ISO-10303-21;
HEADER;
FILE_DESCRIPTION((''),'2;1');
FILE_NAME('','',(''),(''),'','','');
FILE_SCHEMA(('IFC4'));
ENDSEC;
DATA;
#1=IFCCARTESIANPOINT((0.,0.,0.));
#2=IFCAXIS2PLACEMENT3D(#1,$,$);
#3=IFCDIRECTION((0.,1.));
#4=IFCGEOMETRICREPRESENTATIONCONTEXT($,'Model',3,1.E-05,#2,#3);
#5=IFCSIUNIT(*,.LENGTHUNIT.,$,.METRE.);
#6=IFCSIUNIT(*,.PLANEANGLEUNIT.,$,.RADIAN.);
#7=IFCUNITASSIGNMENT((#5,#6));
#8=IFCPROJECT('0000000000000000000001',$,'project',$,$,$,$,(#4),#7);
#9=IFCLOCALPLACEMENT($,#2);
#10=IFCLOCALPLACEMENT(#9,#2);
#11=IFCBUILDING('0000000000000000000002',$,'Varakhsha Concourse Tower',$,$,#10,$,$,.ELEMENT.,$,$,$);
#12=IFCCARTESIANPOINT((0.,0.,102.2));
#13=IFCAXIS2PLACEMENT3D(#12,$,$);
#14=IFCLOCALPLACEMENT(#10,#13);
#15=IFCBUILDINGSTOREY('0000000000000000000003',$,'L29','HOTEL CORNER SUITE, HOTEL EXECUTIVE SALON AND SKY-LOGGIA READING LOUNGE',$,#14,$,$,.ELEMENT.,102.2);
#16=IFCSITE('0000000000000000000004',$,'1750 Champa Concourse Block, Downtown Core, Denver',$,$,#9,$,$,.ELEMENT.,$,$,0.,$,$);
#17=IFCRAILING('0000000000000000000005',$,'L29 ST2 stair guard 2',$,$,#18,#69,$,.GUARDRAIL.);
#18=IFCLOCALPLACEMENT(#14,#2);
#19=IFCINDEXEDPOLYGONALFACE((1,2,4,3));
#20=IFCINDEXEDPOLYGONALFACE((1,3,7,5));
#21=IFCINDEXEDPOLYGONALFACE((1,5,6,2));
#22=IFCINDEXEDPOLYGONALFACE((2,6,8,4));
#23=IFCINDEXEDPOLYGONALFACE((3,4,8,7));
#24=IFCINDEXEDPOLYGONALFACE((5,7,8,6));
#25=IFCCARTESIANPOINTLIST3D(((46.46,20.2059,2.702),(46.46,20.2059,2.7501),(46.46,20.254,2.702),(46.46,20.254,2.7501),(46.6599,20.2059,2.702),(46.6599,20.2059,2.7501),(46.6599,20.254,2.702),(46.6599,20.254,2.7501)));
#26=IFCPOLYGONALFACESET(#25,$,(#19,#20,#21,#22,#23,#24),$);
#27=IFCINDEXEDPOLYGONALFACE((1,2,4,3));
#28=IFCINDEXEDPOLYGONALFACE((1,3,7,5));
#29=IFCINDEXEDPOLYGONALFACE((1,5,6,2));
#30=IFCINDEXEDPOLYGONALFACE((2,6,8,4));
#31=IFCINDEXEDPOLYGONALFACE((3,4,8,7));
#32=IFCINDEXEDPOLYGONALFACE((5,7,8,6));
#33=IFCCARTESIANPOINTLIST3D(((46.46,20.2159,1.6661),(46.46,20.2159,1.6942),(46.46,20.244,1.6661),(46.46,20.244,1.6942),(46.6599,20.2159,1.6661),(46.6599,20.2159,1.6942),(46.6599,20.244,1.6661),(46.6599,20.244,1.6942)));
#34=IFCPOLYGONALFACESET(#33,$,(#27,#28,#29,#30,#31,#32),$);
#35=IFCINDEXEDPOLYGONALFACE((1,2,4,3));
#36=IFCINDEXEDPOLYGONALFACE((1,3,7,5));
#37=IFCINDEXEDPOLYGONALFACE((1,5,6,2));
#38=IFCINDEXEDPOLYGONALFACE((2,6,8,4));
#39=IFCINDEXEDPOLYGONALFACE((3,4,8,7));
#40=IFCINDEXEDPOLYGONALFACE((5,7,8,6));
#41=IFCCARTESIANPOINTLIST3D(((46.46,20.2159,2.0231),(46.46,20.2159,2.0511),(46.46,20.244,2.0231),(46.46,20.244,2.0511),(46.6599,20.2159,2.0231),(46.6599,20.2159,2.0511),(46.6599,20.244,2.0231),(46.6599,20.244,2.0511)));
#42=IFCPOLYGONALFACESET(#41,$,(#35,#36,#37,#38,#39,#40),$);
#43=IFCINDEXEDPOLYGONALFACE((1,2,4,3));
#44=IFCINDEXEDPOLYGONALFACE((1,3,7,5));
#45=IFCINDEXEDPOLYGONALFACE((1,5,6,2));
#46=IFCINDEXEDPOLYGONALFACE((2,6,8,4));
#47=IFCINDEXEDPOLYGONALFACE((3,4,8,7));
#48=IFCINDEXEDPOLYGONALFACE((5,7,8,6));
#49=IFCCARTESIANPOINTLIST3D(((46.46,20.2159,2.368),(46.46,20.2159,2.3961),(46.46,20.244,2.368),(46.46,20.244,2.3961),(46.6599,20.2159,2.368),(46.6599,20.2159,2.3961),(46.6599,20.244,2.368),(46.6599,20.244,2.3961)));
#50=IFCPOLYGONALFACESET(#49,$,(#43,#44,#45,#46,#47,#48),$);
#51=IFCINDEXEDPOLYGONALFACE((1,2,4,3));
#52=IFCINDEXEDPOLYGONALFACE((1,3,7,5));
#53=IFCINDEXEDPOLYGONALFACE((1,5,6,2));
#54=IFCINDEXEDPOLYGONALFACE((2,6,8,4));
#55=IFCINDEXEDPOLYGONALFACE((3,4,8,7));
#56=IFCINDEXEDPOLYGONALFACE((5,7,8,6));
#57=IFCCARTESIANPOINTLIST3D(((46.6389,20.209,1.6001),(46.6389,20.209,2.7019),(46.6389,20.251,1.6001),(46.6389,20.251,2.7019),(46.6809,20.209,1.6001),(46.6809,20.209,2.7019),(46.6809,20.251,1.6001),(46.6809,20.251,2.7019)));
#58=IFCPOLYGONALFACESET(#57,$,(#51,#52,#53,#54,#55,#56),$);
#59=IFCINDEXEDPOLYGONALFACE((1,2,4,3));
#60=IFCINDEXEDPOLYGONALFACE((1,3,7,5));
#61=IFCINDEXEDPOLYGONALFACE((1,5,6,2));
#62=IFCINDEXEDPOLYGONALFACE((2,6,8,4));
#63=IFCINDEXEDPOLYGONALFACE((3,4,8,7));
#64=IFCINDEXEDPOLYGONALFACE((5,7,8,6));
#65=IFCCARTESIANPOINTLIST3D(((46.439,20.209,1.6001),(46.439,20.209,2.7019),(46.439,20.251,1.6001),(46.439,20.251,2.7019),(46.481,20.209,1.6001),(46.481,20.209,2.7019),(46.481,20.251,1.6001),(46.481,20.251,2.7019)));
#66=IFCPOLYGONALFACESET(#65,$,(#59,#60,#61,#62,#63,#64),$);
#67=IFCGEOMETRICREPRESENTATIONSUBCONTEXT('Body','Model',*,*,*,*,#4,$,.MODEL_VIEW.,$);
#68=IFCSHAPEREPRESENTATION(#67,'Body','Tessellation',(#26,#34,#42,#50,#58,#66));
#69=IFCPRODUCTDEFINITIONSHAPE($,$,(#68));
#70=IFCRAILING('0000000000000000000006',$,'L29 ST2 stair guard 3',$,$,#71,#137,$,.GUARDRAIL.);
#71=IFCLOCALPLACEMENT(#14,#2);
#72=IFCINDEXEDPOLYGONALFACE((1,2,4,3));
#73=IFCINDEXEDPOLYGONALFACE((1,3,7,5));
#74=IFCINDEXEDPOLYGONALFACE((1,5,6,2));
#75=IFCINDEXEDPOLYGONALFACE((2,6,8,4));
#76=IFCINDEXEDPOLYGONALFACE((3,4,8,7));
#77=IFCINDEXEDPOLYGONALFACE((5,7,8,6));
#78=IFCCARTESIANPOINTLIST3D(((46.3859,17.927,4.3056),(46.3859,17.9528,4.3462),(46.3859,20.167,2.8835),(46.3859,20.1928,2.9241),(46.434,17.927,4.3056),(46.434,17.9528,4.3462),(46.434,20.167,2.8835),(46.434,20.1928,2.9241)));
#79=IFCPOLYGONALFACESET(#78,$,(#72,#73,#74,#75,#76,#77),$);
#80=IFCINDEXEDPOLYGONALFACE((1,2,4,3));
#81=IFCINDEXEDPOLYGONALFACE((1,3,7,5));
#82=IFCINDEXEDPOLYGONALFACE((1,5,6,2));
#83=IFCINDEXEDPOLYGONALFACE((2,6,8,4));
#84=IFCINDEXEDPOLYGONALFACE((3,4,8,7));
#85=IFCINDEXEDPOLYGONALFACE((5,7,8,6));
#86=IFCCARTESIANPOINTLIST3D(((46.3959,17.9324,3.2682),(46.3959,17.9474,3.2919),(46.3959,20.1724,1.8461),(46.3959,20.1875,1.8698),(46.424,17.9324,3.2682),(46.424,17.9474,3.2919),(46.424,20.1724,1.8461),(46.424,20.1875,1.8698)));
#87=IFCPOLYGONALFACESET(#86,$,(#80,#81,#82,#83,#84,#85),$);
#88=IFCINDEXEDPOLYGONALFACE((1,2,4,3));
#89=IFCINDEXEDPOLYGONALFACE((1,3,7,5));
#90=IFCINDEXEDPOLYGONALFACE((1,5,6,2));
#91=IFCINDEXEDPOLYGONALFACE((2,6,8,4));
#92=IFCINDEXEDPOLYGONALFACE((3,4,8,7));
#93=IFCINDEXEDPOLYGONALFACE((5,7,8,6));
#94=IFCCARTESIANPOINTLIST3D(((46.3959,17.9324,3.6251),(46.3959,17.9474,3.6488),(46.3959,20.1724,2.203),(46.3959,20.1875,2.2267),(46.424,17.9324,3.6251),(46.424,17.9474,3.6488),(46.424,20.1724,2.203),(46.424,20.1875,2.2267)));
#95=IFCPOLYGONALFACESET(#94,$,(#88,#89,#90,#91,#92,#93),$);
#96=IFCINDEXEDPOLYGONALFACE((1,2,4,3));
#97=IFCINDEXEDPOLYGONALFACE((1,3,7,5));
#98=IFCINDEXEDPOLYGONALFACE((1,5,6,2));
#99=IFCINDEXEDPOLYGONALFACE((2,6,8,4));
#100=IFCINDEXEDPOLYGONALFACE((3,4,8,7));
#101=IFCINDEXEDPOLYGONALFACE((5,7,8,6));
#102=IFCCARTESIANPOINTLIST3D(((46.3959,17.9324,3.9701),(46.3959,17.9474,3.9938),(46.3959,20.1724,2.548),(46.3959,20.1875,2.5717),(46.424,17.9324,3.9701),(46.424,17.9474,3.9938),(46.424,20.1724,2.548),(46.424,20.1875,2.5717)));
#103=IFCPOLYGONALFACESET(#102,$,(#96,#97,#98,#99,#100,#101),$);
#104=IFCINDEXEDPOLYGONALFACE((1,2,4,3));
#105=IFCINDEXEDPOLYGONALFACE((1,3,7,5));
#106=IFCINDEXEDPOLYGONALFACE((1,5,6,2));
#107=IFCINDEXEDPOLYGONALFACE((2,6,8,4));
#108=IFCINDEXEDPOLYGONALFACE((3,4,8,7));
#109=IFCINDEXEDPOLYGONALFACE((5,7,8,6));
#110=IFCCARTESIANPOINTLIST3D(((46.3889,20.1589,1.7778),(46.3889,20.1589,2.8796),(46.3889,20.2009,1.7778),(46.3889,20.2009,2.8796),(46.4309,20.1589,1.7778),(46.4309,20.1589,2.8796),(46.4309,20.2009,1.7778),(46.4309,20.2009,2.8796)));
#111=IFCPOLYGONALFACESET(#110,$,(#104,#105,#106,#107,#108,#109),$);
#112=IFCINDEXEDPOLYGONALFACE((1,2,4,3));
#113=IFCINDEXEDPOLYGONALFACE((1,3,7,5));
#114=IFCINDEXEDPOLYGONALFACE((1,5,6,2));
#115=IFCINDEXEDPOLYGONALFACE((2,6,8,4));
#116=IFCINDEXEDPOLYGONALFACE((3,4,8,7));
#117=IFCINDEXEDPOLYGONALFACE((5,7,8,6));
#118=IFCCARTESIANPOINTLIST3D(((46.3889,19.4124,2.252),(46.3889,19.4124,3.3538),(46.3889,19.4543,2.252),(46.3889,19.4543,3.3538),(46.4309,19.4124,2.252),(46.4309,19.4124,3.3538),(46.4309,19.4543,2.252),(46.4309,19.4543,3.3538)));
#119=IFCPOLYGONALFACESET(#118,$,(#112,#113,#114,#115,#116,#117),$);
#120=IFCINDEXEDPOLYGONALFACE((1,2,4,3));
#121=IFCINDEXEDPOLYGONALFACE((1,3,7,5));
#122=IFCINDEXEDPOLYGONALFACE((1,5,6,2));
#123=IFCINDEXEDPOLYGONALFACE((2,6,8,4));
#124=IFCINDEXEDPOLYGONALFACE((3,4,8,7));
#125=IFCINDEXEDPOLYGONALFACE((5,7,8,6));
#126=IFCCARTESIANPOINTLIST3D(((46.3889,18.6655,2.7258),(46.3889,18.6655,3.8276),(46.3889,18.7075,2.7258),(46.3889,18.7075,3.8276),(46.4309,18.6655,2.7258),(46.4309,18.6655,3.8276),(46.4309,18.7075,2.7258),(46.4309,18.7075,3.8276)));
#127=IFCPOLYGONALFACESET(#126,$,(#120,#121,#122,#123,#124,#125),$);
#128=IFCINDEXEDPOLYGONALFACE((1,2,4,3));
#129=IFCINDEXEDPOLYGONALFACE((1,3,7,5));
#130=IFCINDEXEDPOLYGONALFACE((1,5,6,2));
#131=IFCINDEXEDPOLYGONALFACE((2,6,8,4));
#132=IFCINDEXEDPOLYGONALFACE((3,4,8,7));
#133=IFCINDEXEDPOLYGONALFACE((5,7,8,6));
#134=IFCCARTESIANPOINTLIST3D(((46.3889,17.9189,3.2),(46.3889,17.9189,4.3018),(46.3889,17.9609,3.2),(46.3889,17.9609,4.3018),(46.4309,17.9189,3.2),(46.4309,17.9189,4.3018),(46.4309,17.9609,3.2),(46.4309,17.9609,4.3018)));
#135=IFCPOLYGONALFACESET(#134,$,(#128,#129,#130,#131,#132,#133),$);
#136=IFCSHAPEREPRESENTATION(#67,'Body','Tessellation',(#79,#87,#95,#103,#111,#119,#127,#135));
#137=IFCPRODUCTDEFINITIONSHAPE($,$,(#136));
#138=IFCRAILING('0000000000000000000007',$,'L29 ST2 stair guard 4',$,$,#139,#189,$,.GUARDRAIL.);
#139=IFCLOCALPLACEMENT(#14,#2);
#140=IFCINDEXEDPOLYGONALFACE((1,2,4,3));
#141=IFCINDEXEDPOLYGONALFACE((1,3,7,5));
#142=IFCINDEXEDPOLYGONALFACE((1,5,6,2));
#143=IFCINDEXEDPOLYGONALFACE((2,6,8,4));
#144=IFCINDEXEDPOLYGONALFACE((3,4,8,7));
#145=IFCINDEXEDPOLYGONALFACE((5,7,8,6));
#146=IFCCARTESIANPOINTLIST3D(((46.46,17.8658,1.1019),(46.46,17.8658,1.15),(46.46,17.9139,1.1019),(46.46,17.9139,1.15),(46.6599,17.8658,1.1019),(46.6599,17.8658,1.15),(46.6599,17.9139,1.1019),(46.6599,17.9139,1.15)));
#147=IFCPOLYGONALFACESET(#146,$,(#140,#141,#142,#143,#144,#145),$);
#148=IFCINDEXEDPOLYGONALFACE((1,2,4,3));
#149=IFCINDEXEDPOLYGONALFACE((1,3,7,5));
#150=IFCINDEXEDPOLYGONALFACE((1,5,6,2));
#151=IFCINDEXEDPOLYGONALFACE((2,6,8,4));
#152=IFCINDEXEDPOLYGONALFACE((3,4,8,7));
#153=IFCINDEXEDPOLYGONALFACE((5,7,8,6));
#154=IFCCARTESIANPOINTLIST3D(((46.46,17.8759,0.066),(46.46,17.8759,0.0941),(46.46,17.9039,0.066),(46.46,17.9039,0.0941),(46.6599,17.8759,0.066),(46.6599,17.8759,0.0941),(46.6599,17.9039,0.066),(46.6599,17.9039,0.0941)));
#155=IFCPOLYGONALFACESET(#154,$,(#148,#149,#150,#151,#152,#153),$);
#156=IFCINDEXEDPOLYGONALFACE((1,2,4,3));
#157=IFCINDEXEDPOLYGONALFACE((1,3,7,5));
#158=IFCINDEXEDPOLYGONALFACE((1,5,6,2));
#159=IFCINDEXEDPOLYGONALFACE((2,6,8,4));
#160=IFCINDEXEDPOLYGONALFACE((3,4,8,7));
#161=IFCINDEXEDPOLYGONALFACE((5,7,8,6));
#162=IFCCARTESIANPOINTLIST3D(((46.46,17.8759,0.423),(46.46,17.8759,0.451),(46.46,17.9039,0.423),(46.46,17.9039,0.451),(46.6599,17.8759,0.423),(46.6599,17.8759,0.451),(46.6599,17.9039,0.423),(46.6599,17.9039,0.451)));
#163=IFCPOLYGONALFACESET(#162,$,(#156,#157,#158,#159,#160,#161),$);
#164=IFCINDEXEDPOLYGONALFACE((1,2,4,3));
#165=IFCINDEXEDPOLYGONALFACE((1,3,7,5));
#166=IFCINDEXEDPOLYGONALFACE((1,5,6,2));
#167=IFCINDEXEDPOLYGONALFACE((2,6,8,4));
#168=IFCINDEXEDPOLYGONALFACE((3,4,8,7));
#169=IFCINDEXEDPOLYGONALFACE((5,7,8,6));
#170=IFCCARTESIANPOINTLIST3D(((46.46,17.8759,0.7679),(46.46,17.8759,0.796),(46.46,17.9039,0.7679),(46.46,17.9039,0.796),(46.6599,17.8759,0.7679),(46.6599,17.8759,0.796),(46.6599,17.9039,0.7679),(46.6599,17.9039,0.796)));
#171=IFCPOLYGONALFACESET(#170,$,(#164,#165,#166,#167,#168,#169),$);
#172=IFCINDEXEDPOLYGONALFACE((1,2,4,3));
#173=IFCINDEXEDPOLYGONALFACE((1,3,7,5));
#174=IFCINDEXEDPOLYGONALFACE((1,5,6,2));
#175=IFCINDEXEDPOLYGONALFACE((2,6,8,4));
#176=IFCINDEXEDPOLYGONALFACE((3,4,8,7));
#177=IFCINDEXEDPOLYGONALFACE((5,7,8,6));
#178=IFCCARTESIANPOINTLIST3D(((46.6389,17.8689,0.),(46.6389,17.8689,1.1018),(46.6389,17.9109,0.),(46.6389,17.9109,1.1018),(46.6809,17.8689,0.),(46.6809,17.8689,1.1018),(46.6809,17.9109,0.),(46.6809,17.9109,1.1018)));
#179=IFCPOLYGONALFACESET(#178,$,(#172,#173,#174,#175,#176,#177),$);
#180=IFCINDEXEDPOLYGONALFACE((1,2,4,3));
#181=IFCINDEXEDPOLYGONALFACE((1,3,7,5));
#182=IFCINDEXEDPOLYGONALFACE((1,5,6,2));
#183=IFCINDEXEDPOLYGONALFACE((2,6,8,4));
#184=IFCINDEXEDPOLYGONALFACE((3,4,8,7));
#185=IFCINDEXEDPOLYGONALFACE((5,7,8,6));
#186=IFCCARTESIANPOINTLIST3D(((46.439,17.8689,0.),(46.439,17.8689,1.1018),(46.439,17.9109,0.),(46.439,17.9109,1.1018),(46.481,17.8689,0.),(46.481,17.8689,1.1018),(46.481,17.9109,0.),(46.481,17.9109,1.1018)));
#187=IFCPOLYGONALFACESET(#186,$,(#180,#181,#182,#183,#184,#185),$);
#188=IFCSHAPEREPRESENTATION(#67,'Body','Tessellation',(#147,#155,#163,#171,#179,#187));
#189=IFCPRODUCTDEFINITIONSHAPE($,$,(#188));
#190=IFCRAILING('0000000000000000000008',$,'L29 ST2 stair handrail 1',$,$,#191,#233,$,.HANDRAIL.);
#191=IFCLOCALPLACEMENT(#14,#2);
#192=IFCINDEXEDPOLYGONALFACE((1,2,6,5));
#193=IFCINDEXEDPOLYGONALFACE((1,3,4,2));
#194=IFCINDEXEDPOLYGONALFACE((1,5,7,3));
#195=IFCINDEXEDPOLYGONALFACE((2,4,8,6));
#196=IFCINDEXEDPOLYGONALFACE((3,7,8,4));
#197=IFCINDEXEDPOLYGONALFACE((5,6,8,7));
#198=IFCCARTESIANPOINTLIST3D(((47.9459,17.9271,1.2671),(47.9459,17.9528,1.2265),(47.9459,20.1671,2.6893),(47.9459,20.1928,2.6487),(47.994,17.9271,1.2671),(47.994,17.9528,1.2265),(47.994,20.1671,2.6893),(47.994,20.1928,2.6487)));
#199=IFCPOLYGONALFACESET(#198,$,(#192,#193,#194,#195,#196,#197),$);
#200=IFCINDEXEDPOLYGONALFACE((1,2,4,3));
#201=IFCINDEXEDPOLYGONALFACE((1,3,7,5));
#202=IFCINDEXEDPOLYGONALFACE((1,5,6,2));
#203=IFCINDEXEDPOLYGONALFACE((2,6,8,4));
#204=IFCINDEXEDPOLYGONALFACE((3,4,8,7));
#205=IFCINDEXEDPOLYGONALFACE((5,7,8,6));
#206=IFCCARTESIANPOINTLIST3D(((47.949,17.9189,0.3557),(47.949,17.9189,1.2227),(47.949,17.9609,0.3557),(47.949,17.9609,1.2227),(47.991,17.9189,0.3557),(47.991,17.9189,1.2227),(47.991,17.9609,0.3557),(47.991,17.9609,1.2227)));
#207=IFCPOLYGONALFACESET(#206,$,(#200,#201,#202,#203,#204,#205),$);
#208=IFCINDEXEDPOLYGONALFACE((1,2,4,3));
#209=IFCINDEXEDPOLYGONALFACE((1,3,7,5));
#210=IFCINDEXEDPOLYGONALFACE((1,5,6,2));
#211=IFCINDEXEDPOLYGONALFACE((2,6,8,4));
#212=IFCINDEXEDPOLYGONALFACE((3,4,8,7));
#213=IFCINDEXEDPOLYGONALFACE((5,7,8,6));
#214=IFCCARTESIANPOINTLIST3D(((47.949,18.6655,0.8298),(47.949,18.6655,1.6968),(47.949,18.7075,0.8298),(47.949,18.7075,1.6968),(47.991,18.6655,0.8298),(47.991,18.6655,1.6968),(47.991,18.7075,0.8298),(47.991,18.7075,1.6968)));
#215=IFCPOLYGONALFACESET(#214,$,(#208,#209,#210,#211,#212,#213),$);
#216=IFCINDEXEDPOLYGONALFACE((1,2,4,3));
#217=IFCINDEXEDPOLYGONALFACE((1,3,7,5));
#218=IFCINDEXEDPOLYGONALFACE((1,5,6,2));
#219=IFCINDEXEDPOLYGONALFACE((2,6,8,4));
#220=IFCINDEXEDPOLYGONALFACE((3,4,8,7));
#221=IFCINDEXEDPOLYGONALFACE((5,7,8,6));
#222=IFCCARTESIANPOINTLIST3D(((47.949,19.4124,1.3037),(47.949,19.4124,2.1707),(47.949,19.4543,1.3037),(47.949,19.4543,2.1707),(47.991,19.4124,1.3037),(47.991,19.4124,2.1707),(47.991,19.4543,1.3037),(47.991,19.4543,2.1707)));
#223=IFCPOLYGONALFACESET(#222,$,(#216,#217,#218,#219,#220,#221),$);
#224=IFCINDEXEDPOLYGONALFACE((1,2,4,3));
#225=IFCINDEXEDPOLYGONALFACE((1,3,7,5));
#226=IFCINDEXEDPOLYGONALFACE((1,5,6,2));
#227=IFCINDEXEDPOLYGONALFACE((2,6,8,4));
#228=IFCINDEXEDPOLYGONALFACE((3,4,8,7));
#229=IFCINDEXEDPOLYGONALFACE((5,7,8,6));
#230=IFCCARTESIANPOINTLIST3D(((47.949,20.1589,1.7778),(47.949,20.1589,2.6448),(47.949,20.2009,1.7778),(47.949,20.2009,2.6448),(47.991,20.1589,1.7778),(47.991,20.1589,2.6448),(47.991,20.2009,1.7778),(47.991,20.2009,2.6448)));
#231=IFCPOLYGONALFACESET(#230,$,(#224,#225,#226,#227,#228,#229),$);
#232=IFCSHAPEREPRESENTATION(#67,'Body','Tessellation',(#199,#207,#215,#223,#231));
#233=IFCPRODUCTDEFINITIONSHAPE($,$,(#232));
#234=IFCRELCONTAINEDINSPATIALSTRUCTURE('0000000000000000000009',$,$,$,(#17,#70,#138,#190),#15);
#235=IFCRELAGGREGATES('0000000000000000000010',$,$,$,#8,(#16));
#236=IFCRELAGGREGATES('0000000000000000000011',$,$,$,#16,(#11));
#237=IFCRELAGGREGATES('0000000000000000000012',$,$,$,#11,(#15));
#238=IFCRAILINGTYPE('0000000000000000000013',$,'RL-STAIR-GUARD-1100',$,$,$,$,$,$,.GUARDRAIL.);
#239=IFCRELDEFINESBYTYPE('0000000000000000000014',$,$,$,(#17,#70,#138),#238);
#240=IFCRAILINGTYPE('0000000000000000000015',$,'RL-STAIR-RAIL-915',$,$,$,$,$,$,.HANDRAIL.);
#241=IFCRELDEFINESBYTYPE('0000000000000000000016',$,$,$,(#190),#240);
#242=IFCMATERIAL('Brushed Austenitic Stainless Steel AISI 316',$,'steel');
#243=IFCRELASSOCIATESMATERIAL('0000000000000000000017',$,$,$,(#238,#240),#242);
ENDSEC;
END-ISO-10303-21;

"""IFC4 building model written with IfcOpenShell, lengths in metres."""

from ifc_helpers import new_model, si_unit, direction, frame, origin, origin_2d, place, context, subcontext, project, spatial, rectangle, extrude, material, type_object, element, save


model = new_model("IFC4")

# Units and contexts
model_context = context("Model", 3, precision=1e-05, world=origin(), true_north=direction((0.0, 1.0)))
body_context = subcontext(model_context, "Body", "Model", "MODEL_VIEW")
ifc_project = project(units=[si_unit("LENGTHUNIT", "METRE"), si_unit("PLANEANGLEUNIT", "RADIAN")], contexts=[model_context])

# Site, building, storey
site_placement = place(None, origin())
site = spatial("IfcSite", under=ifc_project, at=site_placement, Name="1750 Champa Concourse Block, Downtown Core, Denver", CompositionType="ELEMENT", RefElevation=0.0)
building_placement = place(site_placement, origin())
building = spatial("IfcBuilding", under=site, at=building_placement, Name="Varakhsha Concourse Tower", CompositionType="ELEMENT")
storey_placement = place(building_placement, frame((0.0, 0.0, 102.2)))
storey = spatial("IfcBuildingStorey", under=building, at=storey_placement, Name="L29", Description="HOTEL CORNER SUITE, HOTEL EXECUTIVE SALON AND SKY-LOGGIA READING LOUNGE", CompositionType="ELEMENT", Elevation=102.2)

# Railings
ifc_material_1 = material(Name="Brushed Austenitic Stainless Steel AISI 316", Category="steel")
railing_type_1 = type_object("IfcRailingType", Name="RL-STAIR-GUARD-1100", PredefinedType="GUARDRAIL", material=ifc_material_1)
railing_1_placement = place(storey_placement, frame((46.6599, 20.23, 1.6001)))
element("IfcRailing", 1, at=railing_1_placement, inside=storey, type_object=railing_type_1, Name="L29 ST2 stair guard 2", PredefinedType="GUARDRAIL", context=body_context, shape_type="SweptSolid", body=[
    extrude(rectangle(XDim=0.0481, YDim=0.0481, at=origin_2d()), frame((0.0, 0.0, 1.126), z_axis=(-1.0, 0.0, 0.0), x_axis=(0.0, -1.0, 0.0)), (0.0, 0.0, 1.0), 0.2),
    extrude(rectangle(XDim=0.0281, YDim=0.0281, at=origin_2d()), frame((0.0, 0.0, 0.0801), z_axis=(-1.0, 0.0, 0.0), x_axis=(0.0, -1.0, 0.0)), (0.0, 0.0, 1.0), 0.2),
    extrude(rectangle(XDim=0.0281, YDim=0.0281, at=origin_2d()), frame((0.0, 0.0, 0.437), z_axis=(-1.0, 0.0, 0.0), x_axis=(0.0, -1.0, 0.0)), (0.0, 0.0, 1.0), 0.2),
    extrude(rectangle(XDim=0.0281, YDim=0.0281, at=origin_2d()), frame((0.0, 0.0, 0.782), z_axis=(-1.0, 0.0, 0.0), x_axis=(0.0, -1.0, 0.0)), (0.0, 0.0, 1.0), 0.2),
    extrude(rectangle(XDim=0.042, YDim=0.042, at=origin_2d()), origin(), (0.0, 0.0, 1.0), 1.1018),
    extrude(rectangle(XDim=0.042, YDim=0.042, at=origin_2d()), frame((-0.2, 0.0, 0.0)), (0.0, 0.0, 1.0), 1.1018),
])
railing_2_placement = place(storey_placement, frame((46.4099, 20.1799, 1.7778)))
element("IfcRailing", 2, at=railing_2_placement, inside=storey, type_object=railing_type_1, Name="L29 ST2 stair guard 3", PredefinedType="GUARDRAIL", context=body_context, shape_type="SweptSolid", body=[
    extrude(rectangle(XDim=0.0481, YDim=0.0481, at=origin_2d()), frame((0.0, 0.0, 1.126), z_axis=(0.0, -0.844229, 0.535982), x_axis=(1.0, 0.0, 0.0)), (0.0, 0.0, 1.0), 2.6533),
    extrude(rectangle(XDim=0.0281, YDim=0.0281, at=origin_2d()), frame((0.0, 0.0, 0.0801), z_axis=(0.0, -0.844229, 0.535982), x_axis=(1.0, 0.0, 0.0)), (0.0, 0.0, 1.0), 2.6533),
    extrude(rectangle(XDim=0.0281, YDim=0.0281, at=origin_2d()), frame((0.0, 0.0, 0.437), z_axis=(0.0, -0.844229, 0.535982), x_axis=(1.0, 0.0, 0.0)), (0.0, 0.0, 1.0), 2.6533),
    extrude(rectangle(XDim=0.0281, YDim=0.0281, at=origin_2d()), frame((0.0, 0.0, 0.782), z_axis=(0.0, -0.844229, 0.535982), x_axis=(1.0, 0.0, 0.0)), (0.0, 0.0, 1.0), 2.6533),
    extrude(rectangle(XDim=0.042, YDim=0.042, at=origin_2d()), origin(), (0.0, 0.0, 1.0), 1.1018),
    extrude(rectangle(XDim=0.042, YDim=0.042, at=origin_2d()), frame((0.0, -0.7466, 0.4741)), (0.0, 0.0, 1.0), 1.1018),
    extrude(rectangle(XDim=0.042, YDim=0.042, at=origin_2d()), frame((0.0, -1.4934, 0.948)), (0.0, 0.0, 1.0), 1.1018),
    extrude(rectangle(XDim=0.042, YDim=0.042, at=origin_2d()), frame((0.0, -2.24, 1.4221)), (0.0, 0.0, 1.0), 1.1018),
])
railing_3_placement = place(storey_placement, frame((46.6599, 17.8899, 0.0)))
element("IfcRailing", 3, at=railing_3_placement, inside=storey, type_object=railing_type_1, Name="L29 ST2 stair guard 4", PredefinedType="GUARDRAIL", context=body_context, shape_type="SweptSolid", body=[
    extrude(rectangle(XDim=0.0481, YDim=0.0481, at=origin_2d()), frame((0.0, 0.0, 1.126), z_axis=(-1.0, 0.0, 0.0), x_axis=(0.0, -1.0, 0.0)), (0.0, 0.0, 1.0), 0.2),
    extrude(rectangle(XDim=0.0281, YDim=0.0281, at=origin_2d()), frame((0.0, 0.0, 0.0801), z_axis=(-1.0, 0.0, 0.0), x_axis=(0.0, -1.0, 0.0)), (0.0, 0.0, 1.0), 0.2),
    extrude(rectangle(XDim=0.0281, YDim=0.0281, at=origin_2d()), frame((0.0, 0.0, 0.437), z_axis=(-1.0, 0.0, 0.0), x_axis=(0.0, -1.0, 0.0)), (0.0, 0.0, 1.0), 0.2),
    extrude(rectangle(XDim=0.0281, YDim=0.0281, at=origin_2d()), frame((0.0, 0.0, 0.782), z_axis=(-1.0, 0.0, 0.0), x_axis=(0.0, -1.0, 0.0)), (0.0, 0.0, 1.0), 0.2),
    extrude(rectangle(XDim=0.042, YDim=0.042, at=origin_2d()), origin(), (0.0, 0.0, 1.0), 1.1018),
    extrude(rectangle(XDim=0.042, YDim=0.042, at=origin_2d()), frame((-0.2, 0.0, 0.0)), (0.0, 0.0, 1.0), 1.1018),
])
railing_type_2 = type_object("IfcRailingType", Name="RL-STAIR-RAIL-915", PredefinedType="HANDRAIL", material=ifc_material_1)
railing_4_placement = place(storey_placement, frame((47.97, 17.9399, 0.3557)))
element("IfcRailing", 4, at=railing_4_placement, inside=storey, type_object=railing_type_2, Name="L29 ST2 stair handrail 1", PredefinedType="HANDRAIL", context=body_context, shape_type="SweptSolid", body=[
    extrude(rectangle(XDim=0.0481, YDim=0.0481, at=origin_2d()), frame((0.0, 0.0, 0.8911), z_axis=(0.0, 0.844229, 0.535982), x_axis=(-1.0, 0.0, 0.0)), (0.0, 0.0, 1.0), 2.6533),
    extrude(rectangle(XDim=0.042, YDim=0.042, at=origin_2d()), origin(), (0.0, 0.0, 1.0), 0.8669),
    extrude(rectangle(XDim=0.042, YDim=0.042, at=origin_2d()), frame((0.0, 0.7466, 0.4741)), (0.0, 0.0, 1.0), 0.8669),
    extrude(rectangle(XDim=0.042, YDim=0.042, at=origin_2d()), frame((0.0, 1.4934, 0.948)), (0.0, 0.0, 1.0), 0.8669),
    extrude(rectangle(XDim=0.042, YDim=0.042, at=origin_2d()), frame((0.0, 2.24, 1.4221)), (0.0, 0.0, 1.0), 0.8669),
])

save(model, "model.ifc")
